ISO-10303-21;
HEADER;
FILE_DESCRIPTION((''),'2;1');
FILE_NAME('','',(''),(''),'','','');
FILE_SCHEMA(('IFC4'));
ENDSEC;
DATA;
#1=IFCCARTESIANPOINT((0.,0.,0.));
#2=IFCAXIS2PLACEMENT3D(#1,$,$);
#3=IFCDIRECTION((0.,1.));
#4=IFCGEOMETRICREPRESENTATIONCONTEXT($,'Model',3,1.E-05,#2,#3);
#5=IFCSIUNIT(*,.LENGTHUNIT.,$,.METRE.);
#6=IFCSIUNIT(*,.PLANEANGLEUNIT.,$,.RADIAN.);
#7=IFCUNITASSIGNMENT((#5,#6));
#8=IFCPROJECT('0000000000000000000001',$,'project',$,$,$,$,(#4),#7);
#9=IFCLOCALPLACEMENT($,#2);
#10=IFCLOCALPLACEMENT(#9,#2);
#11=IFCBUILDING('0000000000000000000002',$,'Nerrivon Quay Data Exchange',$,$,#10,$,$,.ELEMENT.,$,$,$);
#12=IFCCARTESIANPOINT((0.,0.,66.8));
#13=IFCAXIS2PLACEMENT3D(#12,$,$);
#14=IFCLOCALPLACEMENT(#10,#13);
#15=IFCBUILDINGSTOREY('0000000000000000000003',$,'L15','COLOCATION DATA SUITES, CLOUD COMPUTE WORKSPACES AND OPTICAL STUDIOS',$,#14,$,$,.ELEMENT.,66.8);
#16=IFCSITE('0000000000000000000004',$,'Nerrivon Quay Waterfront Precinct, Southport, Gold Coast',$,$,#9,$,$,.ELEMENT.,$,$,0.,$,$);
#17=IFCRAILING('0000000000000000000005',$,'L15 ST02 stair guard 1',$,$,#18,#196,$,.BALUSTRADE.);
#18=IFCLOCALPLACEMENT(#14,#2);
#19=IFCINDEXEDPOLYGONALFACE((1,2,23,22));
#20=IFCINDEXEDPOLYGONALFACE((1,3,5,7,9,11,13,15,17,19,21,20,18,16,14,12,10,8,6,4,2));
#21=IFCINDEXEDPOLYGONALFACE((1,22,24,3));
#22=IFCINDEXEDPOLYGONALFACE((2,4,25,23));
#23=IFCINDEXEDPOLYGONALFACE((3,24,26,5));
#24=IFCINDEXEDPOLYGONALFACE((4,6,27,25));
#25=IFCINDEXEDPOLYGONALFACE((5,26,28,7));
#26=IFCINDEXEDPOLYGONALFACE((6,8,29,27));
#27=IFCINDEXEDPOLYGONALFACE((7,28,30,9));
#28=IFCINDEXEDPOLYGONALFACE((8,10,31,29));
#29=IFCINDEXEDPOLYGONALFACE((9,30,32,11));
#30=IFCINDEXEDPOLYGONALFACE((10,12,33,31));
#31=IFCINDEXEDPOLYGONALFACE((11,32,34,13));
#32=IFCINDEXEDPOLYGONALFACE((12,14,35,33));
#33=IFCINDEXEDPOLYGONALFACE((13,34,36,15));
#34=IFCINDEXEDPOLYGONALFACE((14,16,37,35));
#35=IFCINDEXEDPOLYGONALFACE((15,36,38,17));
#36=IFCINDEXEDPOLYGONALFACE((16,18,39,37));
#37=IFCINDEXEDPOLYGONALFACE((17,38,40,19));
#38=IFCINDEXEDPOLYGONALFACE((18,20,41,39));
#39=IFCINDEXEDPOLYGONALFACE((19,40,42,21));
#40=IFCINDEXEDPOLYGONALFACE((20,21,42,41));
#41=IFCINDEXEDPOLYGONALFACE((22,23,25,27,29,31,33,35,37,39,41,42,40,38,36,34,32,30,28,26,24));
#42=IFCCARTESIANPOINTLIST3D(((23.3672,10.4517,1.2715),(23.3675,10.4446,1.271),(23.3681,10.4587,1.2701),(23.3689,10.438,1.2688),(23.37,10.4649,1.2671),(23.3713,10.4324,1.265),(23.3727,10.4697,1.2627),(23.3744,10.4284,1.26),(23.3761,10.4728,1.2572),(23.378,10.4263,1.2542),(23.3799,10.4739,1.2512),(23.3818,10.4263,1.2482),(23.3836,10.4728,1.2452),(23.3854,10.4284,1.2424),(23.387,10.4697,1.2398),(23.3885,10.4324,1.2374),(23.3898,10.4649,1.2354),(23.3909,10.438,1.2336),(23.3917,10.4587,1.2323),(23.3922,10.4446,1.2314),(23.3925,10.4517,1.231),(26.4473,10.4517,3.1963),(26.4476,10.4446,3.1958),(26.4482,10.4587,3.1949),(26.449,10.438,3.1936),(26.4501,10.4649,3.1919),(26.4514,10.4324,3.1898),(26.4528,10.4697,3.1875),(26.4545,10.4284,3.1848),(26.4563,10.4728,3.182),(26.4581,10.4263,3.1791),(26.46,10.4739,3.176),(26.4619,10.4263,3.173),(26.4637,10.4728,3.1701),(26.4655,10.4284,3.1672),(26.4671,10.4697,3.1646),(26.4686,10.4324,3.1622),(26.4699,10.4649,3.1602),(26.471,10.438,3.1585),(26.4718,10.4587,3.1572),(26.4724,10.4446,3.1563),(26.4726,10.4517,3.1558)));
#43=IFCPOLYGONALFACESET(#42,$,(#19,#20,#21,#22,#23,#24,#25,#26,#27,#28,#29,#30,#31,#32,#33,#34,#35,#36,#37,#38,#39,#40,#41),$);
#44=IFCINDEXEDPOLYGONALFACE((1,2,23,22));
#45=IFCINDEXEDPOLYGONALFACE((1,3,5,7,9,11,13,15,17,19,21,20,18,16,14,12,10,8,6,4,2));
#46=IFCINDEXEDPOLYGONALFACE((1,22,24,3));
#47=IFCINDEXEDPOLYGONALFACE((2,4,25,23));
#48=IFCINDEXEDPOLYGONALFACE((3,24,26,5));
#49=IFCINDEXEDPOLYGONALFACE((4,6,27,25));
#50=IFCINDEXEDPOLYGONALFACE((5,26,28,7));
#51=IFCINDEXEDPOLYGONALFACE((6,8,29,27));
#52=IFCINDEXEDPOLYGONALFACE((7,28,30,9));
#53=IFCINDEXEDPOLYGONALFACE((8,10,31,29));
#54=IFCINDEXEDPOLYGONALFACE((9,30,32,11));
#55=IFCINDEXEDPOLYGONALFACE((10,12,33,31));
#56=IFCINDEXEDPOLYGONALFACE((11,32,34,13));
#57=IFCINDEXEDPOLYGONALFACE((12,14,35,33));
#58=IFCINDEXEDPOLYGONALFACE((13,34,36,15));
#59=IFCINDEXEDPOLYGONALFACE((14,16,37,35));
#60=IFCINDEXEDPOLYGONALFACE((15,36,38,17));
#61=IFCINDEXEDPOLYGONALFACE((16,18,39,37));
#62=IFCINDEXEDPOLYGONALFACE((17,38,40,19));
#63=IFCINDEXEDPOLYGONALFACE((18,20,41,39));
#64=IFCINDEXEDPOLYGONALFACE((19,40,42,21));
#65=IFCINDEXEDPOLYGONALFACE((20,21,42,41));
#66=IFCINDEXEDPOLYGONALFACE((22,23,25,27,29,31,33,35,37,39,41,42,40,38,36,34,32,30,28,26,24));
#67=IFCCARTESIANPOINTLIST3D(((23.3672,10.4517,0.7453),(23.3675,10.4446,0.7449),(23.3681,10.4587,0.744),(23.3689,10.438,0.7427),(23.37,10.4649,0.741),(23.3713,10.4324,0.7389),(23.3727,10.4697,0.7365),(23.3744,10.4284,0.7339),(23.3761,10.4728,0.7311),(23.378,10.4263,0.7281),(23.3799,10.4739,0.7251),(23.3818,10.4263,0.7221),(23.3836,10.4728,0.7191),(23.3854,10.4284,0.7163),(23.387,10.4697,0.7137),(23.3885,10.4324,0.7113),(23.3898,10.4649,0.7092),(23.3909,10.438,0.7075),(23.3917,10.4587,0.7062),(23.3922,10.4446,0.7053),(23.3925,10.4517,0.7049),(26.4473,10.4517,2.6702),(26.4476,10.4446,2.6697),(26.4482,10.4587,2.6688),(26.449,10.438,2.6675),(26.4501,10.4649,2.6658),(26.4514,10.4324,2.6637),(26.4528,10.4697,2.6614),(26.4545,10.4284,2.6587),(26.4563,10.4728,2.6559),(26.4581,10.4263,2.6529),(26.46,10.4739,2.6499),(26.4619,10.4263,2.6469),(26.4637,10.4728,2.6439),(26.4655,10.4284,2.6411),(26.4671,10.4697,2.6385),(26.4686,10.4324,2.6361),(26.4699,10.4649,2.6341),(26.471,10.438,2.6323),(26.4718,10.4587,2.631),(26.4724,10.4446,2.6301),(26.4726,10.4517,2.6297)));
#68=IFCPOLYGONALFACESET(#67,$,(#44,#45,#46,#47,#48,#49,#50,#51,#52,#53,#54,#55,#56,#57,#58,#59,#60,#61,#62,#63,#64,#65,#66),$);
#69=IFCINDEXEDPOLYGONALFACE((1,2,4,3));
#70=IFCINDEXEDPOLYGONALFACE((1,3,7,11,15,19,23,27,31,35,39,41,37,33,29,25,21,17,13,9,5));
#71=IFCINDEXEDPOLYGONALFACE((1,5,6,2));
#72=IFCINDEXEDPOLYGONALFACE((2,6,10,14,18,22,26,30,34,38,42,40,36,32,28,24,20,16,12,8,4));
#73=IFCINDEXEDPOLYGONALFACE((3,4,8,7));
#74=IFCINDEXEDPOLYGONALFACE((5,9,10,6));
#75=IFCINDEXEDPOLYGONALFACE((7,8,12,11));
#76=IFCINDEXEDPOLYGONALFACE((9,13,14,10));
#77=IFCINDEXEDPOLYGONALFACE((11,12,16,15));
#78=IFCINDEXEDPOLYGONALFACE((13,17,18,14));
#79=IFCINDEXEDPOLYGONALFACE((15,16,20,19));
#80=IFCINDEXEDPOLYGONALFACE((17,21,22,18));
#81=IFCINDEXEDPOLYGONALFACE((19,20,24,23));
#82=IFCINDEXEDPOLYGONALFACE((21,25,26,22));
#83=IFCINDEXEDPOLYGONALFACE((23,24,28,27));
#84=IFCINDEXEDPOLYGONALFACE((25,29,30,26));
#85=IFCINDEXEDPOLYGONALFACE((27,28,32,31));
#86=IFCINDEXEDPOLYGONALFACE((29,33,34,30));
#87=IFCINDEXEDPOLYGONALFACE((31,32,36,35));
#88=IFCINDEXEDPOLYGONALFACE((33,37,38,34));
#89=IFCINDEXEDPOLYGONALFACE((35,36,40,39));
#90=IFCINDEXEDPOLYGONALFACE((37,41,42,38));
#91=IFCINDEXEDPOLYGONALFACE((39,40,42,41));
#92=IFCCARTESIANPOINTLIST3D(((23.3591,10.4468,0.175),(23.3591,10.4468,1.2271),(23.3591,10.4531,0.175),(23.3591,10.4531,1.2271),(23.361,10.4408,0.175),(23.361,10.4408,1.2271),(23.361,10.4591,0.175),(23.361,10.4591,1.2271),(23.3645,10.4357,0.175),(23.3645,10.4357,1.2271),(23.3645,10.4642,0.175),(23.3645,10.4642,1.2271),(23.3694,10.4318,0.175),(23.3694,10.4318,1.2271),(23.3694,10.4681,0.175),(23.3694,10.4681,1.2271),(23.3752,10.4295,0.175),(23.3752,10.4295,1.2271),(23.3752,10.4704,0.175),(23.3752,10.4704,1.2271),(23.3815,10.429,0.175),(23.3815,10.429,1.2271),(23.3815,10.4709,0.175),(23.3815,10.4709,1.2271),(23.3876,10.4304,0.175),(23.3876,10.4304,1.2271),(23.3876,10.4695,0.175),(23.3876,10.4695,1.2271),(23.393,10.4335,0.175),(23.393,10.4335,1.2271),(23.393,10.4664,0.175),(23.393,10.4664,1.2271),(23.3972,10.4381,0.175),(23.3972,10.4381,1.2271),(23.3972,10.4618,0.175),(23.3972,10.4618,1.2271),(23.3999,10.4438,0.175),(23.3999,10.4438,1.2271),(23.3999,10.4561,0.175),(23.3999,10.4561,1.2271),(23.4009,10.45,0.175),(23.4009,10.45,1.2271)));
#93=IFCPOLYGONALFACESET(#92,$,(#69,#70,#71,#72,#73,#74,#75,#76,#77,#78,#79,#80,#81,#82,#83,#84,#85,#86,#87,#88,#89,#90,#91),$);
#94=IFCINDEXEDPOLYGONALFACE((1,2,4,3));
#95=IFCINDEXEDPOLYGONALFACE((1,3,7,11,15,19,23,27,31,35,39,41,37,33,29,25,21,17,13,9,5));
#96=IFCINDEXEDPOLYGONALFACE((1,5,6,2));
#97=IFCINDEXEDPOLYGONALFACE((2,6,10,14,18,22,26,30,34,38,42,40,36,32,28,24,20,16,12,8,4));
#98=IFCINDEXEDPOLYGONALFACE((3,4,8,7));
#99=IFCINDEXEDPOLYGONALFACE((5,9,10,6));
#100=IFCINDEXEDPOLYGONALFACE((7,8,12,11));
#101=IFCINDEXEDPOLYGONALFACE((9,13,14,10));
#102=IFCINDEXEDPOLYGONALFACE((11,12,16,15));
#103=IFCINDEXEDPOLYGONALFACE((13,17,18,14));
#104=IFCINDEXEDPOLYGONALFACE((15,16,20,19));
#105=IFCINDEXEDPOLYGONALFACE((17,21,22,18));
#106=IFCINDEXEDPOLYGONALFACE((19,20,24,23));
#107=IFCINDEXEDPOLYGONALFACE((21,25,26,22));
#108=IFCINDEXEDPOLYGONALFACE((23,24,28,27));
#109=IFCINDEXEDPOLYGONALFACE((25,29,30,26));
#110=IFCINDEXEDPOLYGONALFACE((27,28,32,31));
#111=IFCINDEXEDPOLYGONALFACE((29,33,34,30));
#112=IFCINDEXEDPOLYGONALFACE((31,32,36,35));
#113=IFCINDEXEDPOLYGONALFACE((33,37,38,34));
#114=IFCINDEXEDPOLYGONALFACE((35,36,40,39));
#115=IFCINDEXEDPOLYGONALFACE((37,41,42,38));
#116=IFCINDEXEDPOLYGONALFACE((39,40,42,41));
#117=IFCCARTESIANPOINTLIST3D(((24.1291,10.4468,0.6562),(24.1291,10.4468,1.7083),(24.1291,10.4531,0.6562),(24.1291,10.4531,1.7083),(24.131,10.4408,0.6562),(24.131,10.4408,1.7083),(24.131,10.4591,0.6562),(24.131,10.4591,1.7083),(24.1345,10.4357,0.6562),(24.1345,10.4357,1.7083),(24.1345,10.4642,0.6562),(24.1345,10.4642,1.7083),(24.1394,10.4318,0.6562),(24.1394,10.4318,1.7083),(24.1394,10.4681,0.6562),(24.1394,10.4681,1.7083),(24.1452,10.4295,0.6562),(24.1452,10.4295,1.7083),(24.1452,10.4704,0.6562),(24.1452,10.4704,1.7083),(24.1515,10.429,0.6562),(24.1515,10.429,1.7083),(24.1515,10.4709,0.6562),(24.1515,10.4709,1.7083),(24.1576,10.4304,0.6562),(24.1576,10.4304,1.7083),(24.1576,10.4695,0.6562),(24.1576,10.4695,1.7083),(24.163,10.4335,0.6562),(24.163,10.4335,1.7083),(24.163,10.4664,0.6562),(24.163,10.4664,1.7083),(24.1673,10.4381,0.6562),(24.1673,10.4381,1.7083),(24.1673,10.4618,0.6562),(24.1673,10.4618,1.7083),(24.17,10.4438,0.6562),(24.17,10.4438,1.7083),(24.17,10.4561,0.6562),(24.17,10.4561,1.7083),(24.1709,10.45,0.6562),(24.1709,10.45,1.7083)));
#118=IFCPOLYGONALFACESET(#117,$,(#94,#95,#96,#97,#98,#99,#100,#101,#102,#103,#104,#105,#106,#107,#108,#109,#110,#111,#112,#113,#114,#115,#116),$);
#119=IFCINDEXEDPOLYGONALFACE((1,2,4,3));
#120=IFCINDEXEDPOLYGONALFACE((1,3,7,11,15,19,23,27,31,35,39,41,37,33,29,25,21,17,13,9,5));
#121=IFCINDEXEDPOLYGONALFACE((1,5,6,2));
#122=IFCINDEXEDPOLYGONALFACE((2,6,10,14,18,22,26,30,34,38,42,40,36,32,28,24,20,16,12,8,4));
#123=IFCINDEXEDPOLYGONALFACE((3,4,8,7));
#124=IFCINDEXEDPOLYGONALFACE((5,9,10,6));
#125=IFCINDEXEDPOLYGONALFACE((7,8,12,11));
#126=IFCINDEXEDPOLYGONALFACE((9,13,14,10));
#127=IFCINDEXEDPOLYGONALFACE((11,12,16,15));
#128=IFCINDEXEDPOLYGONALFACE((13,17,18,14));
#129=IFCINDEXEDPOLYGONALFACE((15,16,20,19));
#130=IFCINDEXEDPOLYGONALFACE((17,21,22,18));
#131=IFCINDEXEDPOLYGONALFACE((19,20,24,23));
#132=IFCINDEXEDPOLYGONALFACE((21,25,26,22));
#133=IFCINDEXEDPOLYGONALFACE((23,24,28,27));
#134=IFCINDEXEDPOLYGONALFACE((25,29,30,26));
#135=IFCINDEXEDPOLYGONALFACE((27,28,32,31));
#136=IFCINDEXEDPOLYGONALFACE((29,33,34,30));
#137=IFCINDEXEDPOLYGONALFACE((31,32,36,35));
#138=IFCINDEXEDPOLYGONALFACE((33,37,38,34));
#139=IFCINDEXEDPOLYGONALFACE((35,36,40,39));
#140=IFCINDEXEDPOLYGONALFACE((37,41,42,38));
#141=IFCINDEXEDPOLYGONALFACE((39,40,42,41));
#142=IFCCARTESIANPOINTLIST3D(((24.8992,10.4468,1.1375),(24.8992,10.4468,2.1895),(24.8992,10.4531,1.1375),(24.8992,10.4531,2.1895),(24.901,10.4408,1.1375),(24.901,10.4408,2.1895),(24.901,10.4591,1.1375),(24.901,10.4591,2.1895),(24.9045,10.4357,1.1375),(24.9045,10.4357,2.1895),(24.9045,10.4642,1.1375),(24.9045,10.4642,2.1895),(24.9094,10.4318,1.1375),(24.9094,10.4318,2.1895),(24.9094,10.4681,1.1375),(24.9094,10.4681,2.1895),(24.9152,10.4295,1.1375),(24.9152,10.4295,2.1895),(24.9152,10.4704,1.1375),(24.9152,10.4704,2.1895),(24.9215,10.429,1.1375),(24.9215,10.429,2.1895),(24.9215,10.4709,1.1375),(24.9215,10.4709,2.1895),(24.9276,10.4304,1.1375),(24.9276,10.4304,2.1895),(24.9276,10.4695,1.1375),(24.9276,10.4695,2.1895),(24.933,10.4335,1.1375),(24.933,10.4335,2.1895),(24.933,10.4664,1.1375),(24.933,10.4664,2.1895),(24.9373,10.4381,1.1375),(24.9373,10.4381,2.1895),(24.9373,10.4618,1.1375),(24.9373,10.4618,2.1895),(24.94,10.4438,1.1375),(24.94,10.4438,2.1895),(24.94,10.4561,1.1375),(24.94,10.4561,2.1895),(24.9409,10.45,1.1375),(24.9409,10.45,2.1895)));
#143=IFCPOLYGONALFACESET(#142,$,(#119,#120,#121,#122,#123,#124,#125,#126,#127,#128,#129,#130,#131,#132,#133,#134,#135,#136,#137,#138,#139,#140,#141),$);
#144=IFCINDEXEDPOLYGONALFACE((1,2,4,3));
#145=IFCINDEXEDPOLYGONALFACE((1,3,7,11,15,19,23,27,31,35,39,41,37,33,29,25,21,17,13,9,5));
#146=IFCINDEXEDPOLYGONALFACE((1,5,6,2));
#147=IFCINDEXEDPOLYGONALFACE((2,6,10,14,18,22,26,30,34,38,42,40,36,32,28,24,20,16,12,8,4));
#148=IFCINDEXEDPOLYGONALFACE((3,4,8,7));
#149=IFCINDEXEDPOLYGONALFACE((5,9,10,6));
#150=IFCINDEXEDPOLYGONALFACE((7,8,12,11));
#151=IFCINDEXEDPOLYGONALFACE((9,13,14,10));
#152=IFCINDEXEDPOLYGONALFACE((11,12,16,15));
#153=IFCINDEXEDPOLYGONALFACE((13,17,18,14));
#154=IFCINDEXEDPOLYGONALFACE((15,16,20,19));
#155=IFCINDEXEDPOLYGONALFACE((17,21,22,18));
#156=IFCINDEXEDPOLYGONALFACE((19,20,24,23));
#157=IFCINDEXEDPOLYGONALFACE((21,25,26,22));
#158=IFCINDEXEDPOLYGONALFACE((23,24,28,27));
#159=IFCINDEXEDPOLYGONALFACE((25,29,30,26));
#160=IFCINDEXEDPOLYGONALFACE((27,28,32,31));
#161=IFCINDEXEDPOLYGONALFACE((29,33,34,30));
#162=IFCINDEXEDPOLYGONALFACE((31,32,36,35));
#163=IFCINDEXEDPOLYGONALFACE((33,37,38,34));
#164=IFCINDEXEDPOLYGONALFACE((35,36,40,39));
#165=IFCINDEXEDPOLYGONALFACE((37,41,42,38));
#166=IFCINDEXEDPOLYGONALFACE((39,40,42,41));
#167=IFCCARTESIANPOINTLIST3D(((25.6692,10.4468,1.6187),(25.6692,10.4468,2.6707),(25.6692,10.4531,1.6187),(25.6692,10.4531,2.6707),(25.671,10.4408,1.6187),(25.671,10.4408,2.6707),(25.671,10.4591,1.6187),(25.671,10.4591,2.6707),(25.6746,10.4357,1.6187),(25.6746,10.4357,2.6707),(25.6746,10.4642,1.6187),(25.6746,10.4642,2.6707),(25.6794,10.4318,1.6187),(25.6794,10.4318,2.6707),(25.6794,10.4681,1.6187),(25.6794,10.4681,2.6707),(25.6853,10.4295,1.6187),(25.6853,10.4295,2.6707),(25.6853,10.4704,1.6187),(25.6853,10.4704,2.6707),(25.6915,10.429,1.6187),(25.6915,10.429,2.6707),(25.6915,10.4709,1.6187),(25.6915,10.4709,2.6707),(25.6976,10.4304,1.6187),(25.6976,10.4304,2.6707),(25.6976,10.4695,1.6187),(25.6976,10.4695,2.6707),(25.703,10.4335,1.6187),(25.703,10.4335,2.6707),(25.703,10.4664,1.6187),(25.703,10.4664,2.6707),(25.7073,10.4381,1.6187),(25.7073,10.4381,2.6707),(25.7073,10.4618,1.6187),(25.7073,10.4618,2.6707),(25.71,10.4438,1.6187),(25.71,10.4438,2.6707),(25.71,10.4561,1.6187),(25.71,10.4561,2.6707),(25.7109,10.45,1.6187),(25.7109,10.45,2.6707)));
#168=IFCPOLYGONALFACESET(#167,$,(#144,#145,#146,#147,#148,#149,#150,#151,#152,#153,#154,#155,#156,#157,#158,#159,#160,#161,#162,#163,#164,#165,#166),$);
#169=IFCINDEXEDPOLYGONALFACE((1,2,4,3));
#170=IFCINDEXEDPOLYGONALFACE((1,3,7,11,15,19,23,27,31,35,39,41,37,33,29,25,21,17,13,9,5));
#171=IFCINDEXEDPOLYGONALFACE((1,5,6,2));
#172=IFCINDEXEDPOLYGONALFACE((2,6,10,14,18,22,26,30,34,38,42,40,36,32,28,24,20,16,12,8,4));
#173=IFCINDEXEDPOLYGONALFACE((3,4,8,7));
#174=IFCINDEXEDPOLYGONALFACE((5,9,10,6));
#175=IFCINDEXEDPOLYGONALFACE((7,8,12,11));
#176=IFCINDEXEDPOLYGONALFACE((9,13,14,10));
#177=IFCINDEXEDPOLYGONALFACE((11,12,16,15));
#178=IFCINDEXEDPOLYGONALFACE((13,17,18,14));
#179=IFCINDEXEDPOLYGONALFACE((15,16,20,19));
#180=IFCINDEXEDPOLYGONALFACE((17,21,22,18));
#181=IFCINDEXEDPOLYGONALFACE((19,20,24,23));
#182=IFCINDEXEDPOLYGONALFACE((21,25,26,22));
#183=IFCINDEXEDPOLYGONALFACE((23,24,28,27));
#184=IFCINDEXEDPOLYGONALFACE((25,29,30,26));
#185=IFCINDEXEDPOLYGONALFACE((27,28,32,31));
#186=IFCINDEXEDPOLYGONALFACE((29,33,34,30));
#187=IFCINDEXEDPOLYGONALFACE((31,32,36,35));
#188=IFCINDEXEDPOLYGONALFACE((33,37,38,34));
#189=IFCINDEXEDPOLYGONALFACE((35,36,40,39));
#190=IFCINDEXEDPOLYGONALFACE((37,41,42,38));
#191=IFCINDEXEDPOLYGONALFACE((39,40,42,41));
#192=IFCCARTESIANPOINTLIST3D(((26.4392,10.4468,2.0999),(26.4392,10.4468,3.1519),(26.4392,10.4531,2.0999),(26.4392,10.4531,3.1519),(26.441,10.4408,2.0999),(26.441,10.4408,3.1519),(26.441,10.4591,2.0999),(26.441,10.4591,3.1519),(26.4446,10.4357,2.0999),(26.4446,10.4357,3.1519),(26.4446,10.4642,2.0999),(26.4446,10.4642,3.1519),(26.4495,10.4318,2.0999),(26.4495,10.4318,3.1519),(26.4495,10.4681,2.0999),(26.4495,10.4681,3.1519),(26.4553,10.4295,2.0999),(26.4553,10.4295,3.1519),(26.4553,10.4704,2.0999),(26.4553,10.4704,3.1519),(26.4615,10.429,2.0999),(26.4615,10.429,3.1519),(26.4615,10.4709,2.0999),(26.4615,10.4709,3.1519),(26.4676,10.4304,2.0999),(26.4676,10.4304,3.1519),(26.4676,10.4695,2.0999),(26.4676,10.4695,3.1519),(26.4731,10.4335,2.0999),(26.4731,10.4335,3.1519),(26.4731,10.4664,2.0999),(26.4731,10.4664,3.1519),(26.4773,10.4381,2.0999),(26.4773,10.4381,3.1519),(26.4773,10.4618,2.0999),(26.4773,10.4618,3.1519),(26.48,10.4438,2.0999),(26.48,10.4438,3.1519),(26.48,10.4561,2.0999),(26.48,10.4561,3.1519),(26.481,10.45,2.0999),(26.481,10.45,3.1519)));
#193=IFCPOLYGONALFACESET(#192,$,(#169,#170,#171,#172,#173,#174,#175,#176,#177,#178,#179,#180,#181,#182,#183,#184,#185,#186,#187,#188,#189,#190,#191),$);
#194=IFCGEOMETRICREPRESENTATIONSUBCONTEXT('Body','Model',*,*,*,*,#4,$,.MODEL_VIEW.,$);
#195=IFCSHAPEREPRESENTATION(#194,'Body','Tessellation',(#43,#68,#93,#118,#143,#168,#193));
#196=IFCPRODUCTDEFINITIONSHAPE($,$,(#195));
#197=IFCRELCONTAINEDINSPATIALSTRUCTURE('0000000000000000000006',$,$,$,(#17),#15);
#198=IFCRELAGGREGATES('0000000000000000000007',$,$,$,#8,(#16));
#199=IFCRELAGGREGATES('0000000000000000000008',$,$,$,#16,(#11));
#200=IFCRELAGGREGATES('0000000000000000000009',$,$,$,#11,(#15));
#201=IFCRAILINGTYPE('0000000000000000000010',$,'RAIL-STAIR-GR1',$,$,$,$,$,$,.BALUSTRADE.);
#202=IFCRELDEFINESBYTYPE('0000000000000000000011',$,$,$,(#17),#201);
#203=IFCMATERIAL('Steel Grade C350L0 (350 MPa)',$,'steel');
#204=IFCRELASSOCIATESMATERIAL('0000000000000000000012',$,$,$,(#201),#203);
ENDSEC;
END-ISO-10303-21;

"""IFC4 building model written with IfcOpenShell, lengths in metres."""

from ifc_helpers import new_model, si_unit, direction, frame, origin, origin_2d, place, context, subcontext, project, spatial, circle, extrude, material, type_object, element, save


model = new_model("IFC4")

# Units and contexts
model_context = context("Model", 3, precision=1e-05, world=origin(), true_north=direction((0.0, 1.0)))
body_context = subcontext(model_context, "Body", "Model", "MODEL_VIEW")
ifc_project = project(units=[si_unit("LENGTHUNIT", "METRE"), si_unit("PLANEANGLEUNIT", "RADIAN")], contexts=[model_context])

# Site, building, storey
site_placement = place(None, origin())
site = spatial("IfcSite", under=ifc_project, at=site_placement, Name="Nerrivon Quay Waterfront Precinct, Southport, Gold Coast", CompositionType="ELEMENT", RefElevation=0.0)
building_placement = place(site_placement, origin())
building = spatial("IfcBuilding", under=site, at=building_placement, Name="Nerrivon Quay Data Exchange", CompositionType="ELEMENT")
storey_placement = place(building_placement, frame((0.0, 0.0, 66.8)))
storey = spatial("IfcBuildingStorey", under=building, at=storey_placement, Name="L15", Description="COLOCATION DATA SUITES, CLOUD COMPUTE WORKSPACES AND OPTICAL STUDIOS", CompositionType="ELEMENT", Elevation=66.8)

# Railing
ifc_material_1 = material(Name="Steel Grade C350L0 (350 MPa)", Category="steel")
railing_type_1 = type_object("IfcRailingType", Name="RAIL-STAIR-GR1", PredefinedType="BALUSTRADE", material=ifc_material_1)
railing_1_placement = place(storey_placement, frame((23.3799, 10.45, 0.175)))
element("IfcRailing", 1, at=railing_1_placement, inside=storey, type_object=railing_type_1, Name="L15 ST02 stair guard 1", PredefinedType="BALUSTRADE", context=body_context, shape_type="SweptSolid", body=[
    extrude(circle(Radius=0.0239, at=origin_2d()), frame((0.0, 0.0, 1.0762), z_axis=(0.848029, 0.0, 0.529951), x_axis=(0.0, 1.0, 0.0)), (0.0, 0.0, 1.0), 3.6321),
    extrude(circle(Radius=0.0239, at=origin_2d()), frame((0.0, 0.0, 0.55), z_axis=(0.848029, 0.0, 0.529951), x_axis=(0.0, 1.0, 0.0)), (0.0, 0.0, 1.0), 3.6321),
    extrude(circle(Radius=0.021, at=origin_2d()), origin(), (0.0, 0.0, 1.0), 1.052),
    extrude(circle(Radius=0.021, at=origin_2d()), frame((0.77, 0.0, 0.4812)), (0.0, 0.0, 1.0), 1.052),
    extrude(circle(Radius=0.021, at=origin_2d()), frame((1.54, 0.0, 0.9624)), (0.0, 0.0, 1.0), 1.052),
    extrude(circle(Radius=0.021, at=origin_2d()), frame((2.3101, 0.0, 1.4436)), (0.0, 0.0, 1.0), 1.052),
    extrude(circle(Radius=0.021, at=origin_2d()), frame((3.0801, 0.0, 1.9248)), (0.0, 0.0, 1.0), 1.052),
])

save(model, "model.ifc")
